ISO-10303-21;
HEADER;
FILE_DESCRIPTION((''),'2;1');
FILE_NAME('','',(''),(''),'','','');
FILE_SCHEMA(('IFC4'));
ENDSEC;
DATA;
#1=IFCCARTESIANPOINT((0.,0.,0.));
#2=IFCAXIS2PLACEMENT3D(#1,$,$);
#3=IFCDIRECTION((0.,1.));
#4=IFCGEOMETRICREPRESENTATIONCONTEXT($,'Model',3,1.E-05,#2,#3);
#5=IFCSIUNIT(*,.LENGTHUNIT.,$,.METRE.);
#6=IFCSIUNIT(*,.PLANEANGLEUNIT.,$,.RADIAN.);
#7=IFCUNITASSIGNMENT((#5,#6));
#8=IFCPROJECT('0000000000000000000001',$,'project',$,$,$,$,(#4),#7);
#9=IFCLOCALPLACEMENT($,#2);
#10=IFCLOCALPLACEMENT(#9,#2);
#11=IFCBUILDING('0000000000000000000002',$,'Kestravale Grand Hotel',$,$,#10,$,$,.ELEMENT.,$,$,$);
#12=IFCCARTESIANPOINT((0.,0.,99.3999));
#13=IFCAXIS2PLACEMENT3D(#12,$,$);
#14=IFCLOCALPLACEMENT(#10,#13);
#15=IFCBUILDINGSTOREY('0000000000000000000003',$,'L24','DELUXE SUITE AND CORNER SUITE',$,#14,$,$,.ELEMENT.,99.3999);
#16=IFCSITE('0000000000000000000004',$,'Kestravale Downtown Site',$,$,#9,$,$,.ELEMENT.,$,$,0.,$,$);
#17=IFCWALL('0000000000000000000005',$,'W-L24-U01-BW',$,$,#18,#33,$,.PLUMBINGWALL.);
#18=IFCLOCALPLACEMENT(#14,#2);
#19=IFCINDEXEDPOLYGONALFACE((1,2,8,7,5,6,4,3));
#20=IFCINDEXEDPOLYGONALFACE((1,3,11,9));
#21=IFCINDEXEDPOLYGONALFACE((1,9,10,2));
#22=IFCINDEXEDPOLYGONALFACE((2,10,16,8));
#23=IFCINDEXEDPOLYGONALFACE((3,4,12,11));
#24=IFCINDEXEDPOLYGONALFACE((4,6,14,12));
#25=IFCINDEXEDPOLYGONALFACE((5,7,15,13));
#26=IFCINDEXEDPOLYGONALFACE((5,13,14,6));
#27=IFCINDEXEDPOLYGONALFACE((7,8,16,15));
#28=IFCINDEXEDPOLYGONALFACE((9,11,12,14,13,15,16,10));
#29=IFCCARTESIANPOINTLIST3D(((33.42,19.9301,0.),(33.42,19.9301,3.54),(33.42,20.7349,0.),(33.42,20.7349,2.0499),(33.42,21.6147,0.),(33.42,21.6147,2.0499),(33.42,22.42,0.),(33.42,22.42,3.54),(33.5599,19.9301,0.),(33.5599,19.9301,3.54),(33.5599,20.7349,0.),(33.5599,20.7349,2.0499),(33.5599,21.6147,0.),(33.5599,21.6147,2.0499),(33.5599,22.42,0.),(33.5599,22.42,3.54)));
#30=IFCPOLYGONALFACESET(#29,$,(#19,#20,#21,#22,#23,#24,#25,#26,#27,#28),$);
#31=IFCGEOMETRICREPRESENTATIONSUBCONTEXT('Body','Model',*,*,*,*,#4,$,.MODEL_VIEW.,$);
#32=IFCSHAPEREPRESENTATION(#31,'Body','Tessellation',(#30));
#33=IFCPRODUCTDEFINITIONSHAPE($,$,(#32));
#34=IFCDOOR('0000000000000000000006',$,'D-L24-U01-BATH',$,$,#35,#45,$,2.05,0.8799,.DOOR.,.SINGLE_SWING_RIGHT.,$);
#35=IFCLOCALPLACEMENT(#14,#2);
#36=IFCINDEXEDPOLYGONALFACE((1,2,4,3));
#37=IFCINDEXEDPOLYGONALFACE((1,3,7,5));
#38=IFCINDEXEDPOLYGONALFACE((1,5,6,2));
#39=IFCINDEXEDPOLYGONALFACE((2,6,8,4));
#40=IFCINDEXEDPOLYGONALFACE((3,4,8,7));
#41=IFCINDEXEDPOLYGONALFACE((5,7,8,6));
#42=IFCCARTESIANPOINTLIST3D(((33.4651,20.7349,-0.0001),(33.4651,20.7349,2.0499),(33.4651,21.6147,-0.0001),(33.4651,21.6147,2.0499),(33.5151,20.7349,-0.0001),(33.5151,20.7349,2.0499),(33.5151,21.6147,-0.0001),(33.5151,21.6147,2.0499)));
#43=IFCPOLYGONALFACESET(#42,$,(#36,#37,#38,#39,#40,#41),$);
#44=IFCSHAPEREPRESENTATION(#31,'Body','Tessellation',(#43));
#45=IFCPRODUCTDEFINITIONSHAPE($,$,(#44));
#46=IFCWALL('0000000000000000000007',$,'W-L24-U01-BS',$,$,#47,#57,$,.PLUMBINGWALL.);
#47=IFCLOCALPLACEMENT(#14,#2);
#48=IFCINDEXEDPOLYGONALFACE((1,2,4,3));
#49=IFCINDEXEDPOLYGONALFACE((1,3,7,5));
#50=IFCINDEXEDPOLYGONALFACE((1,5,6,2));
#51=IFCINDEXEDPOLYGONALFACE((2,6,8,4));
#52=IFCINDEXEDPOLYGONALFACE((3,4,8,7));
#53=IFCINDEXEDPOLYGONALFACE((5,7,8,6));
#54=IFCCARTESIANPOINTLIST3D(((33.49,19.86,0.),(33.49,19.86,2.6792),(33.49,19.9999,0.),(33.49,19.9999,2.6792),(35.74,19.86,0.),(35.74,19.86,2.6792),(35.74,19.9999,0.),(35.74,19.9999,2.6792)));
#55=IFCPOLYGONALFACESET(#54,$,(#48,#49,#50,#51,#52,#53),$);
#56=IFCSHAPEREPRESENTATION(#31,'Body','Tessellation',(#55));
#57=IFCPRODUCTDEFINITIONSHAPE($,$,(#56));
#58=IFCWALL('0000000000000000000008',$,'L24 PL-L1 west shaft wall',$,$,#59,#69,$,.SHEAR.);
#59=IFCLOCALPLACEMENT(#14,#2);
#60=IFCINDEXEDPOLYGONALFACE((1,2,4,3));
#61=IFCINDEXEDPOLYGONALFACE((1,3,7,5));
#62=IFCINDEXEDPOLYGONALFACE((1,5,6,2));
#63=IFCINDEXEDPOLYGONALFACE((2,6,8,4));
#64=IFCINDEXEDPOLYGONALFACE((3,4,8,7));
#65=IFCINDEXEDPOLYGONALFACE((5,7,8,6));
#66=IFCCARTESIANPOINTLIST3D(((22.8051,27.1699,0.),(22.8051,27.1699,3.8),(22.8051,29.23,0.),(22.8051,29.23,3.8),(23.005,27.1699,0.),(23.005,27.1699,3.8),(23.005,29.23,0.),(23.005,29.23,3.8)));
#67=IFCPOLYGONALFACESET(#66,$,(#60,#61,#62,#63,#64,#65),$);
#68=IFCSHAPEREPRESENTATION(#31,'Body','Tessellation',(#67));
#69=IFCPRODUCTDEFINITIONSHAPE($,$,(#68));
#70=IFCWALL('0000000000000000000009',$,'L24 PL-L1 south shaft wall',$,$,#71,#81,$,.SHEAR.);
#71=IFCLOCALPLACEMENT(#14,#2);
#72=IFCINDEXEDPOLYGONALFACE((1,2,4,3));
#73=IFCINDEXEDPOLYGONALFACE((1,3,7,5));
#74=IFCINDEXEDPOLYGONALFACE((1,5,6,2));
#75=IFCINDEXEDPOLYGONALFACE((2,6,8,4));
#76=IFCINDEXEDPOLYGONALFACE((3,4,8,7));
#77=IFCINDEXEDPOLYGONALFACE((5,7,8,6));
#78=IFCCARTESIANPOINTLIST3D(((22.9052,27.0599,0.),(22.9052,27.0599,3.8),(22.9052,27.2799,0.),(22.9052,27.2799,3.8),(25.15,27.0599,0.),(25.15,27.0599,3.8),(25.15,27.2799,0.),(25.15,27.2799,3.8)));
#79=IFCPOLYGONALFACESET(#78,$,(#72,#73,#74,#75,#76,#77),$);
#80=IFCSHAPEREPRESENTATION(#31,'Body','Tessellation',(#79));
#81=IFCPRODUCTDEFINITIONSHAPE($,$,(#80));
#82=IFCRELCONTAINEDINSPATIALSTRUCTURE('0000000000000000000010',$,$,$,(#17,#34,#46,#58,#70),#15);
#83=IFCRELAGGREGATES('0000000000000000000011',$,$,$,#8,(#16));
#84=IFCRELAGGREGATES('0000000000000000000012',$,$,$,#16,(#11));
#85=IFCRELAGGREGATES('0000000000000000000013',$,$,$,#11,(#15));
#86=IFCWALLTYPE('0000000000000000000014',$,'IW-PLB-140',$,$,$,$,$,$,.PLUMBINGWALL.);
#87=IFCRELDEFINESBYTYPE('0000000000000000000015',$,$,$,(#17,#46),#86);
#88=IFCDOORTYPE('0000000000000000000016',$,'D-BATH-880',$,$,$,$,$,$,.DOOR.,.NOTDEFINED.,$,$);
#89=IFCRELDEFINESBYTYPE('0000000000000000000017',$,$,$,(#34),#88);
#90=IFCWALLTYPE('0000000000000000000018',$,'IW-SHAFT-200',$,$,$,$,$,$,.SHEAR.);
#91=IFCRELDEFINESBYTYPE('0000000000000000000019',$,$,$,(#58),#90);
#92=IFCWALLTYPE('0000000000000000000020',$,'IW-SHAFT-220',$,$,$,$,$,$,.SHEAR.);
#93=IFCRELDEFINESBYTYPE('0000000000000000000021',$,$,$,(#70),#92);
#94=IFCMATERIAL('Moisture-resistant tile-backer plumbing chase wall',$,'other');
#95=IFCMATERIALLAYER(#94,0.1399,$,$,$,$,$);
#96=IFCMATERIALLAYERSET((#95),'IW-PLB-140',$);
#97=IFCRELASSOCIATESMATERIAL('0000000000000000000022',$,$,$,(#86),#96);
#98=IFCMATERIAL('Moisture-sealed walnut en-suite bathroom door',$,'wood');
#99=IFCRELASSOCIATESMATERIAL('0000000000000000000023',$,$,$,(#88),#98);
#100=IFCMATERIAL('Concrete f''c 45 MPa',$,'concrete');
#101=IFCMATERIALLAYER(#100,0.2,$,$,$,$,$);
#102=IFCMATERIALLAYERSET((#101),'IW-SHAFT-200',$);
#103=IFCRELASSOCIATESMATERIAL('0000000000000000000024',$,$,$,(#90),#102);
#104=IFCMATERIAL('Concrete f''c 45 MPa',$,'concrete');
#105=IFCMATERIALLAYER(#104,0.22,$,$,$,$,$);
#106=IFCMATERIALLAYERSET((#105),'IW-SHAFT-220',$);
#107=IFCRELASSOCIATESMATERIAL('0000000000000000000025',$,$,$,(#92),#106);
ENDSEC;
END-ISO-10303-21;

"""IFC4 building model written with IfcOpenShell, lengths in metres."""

from ifc_helpers import new_model, si_unit, direction, frame, frame_2d, origin, place, context, subcontext, project, spatial, rectangle, extrude, material, layer, layer_set, type_object, element, fill, save


model = new_model("IFC4")

# Units and contexts
model_context = context("Model", 3, precision=1e-05, world=origin(), true_north=direction((0.0, 1.0)))
body_context = subcontext(model_context, "Body", "Model", "MODEL_VIEW")
ifc_project = project(units=[si_unit("LENGTHUNIT", "METRE"), si_unit("PLANEANGLEUNIT", "RADIAN")], contexts=[model_context])

# Site, building, storey
site_placement = place(None, origin())
site = spatial("IfcSite", under=ifc_project, at=site_placement, Name="Kestravale Downtown Site", CompositionType="ELEMENT", RefElevation=0.0)
building_placement = place(site_placement, origin())
building = spatial("IfcBuilding", under=site, at=building_placement, Name="Kestravale Grand Hotel", CompositionType="ELEMENT")
storey_placement = place(building_placement, frame((0.0, 0.0, 99.3999)))
storey = spatial("IfcBuildingStorey", under=building, at=storey_placement, Name="L24", Description="DELUXE SUITE AND CORNER SUITE", CompositionType="ELEMENT", Elevation=99.3999)

# Wall, opening, door
ifc_material_1 = material(Name="Moisture-resistant tile-backer plumbing chase wall", Category="other")
ifc_layer_1 = layer(ifc_material_1, 0.1399)
ifc_layer_set_1 = layer_set([ifc_layer_1], Name="IW-PLB-140")
wall_type_1 = type_object("IfcWallType", Name="IW-PLB-140", PredefinedType="PLUMBINGWALL", material=ifc_layer_set_1)
wall_1_placement = place(storey_placement, frame((33.49, 19.9299, 0.0), z_axis=(0.0, 0.0, 1.0), x_axis=(0.0, 1.0, 0.0)))
wall_1 = element("IfcWall", 1, at=wall_1_placement, inside=storey, type_object=wall_type_1, Name="W-L24-U01-BW", PredefinedType="PLUMBINGWALL", context=body_context, shape_type="SweptSolid", body=[
    extrude(rectangle(XDim=2.49, YDim=0.1399, at=frame_2d((1.2451, 0.0))), origin(), (0.0, 0.0, 1.0), 3.54),
])
opening_placement = place(wall_1_placement, frame((0.8049, 0.0, 0.0)))
opening = element("IfcOpeningElement", 2, at=opening_placement, cuts=wall_1, PredefinedType="OPENING", context=body_context, shape_type="SweptSolid", body=[
    extrude(rectangle(XDim=0.8799, YDim=2.05, at=frame_2d((0.4399, 1.0249))), frame((0.0, 0.0798, 0.0), z_axis=(0.0, -1.0, 0.0), x_axis=(1.0, 0.0, 0.0)), (0.0, 0.0, 1.0), 0.1599),
])
ifc_material_2 = material(Name="Moisture-sealed walnut en-suite bathroom door", Category="wood")
door_type = type_object("IfcDoorType", Name="D-BATH-880", OperationType="NOTDEFINED", PredefinedType="DOOR", material=ifc_material_2)
door_placement = place(opening_placement, origin())
door = element("IfcDoor", 3, at=door_placement, inside=storey, type_object=door_type, Name="D-L24-U01-BATH", OperationType="SINGLE_SWING_RIGHT", OverallHeight=2.05, OverallWidth=0.8799, PredefinedType="DOOR", context=body_context, shape_type="SweptSolid", body=[
    extrude(rectangle(XDim=0.8799, YDim=2.05, at=frame_2d((0.4399, 1.0249))), frame((0.0, 0.0249, 0.0), z_axis=(0.0, -1.0, 0.0), x_axis=(1.0, 0.0, 0.0)), (0.0, 0.0, 1.0), 0.05),
])
fill(opening, door)

# Walls
wall_2_placement = place(storey_placement, frame((33.49, 19.9299, 0.0), z_axis=(0.0, 0.0, 1.0), x_axis=(1.0, 0.0, 0.0)))
element("IfcWall", 4, at=wall_2_placement, inside=storey, type_object=wall_type_1, Name="W-L24-U01-BS", PredefinedType="PLUMBINGWALL", context=body_context, shape_type="SweptSolid", body=[
    extrude(rectangle(XDim=2.25, YDim=0.1399, at=frame_2d((1.125, 0.0))), origin(), (0.0, 0.0, 1.0), 2.6792),
])
ifc_material_3 = material(Name="Concrete f'c 45 MPa", Category="concrete")
ifc_layer_2 = layer(ifc_material_3, 0.2)
ifc_layer_set_2 = layer_set([ifc_layer_2], Name="IW-SHAFT-200")
wall_type_2 = type_object("IfcWallType", Name="IW-SHAFT-200", PredefinedType="SHEAR", material=ifc_layer_set_2)
wall_3_placement = place(storey_placement, frame((22.905, 27.1699, 0.0), z_axis=(0.0, 0.0, 1.0), x_axis=(0.0, 1.0, 0.0)))
element("IfcWall", 5, at=wall_3_placement, inside=storey, type_object=wall_type_2, Name="L24 PL-L1 west shaft wall", PredefinedType="SHEAR", context=body_context, shape_type="SweptSolid", body=[
    extrude(rectangle(XDim=2.0601, YDim=0.2, at=frame_2d((1.03, 0.0))), origin(), (0.0, 0.0, 1.0), 3.8),
])
ifc_material_4 = material(Name="Concrete f'c 45 MPa", Category="concrete")
ifc_layer_3 = layer(ifc_material_4, 0.22)
ifc_layer_set_3 = layer_set([ifc_layer_3], Name="IW-SHAFT-220")
wall_type_3 = type_object("IfcWallType", Name="IW-SHAFT-220", PredefinedType="SHEAR", material=ifc_layer_set_3)
wall_4_placement = place(storey_placement, frame((22.905, 27.1699, 0.0), z_axis=(0.0, 0.0, 1.0), x_axis=(1.0, 0.0, 0.0)))
element("IfcWall", 6, at=wall_4_placement, inside=storey, type_object=wall_type_3, Name="L24 PL-L1 south shaft wall", PredefinedType="SHEAR", context=body_context, shape_type="SweptSolid", body=[
    extrude(rectangle(XDim=2.2449, YDim=0.22, at=frame_2d((1.1226, 0.0))), origin(), (0.0, 0.0, 1.0), 3.8),
])

save(model, "model.ifc")
